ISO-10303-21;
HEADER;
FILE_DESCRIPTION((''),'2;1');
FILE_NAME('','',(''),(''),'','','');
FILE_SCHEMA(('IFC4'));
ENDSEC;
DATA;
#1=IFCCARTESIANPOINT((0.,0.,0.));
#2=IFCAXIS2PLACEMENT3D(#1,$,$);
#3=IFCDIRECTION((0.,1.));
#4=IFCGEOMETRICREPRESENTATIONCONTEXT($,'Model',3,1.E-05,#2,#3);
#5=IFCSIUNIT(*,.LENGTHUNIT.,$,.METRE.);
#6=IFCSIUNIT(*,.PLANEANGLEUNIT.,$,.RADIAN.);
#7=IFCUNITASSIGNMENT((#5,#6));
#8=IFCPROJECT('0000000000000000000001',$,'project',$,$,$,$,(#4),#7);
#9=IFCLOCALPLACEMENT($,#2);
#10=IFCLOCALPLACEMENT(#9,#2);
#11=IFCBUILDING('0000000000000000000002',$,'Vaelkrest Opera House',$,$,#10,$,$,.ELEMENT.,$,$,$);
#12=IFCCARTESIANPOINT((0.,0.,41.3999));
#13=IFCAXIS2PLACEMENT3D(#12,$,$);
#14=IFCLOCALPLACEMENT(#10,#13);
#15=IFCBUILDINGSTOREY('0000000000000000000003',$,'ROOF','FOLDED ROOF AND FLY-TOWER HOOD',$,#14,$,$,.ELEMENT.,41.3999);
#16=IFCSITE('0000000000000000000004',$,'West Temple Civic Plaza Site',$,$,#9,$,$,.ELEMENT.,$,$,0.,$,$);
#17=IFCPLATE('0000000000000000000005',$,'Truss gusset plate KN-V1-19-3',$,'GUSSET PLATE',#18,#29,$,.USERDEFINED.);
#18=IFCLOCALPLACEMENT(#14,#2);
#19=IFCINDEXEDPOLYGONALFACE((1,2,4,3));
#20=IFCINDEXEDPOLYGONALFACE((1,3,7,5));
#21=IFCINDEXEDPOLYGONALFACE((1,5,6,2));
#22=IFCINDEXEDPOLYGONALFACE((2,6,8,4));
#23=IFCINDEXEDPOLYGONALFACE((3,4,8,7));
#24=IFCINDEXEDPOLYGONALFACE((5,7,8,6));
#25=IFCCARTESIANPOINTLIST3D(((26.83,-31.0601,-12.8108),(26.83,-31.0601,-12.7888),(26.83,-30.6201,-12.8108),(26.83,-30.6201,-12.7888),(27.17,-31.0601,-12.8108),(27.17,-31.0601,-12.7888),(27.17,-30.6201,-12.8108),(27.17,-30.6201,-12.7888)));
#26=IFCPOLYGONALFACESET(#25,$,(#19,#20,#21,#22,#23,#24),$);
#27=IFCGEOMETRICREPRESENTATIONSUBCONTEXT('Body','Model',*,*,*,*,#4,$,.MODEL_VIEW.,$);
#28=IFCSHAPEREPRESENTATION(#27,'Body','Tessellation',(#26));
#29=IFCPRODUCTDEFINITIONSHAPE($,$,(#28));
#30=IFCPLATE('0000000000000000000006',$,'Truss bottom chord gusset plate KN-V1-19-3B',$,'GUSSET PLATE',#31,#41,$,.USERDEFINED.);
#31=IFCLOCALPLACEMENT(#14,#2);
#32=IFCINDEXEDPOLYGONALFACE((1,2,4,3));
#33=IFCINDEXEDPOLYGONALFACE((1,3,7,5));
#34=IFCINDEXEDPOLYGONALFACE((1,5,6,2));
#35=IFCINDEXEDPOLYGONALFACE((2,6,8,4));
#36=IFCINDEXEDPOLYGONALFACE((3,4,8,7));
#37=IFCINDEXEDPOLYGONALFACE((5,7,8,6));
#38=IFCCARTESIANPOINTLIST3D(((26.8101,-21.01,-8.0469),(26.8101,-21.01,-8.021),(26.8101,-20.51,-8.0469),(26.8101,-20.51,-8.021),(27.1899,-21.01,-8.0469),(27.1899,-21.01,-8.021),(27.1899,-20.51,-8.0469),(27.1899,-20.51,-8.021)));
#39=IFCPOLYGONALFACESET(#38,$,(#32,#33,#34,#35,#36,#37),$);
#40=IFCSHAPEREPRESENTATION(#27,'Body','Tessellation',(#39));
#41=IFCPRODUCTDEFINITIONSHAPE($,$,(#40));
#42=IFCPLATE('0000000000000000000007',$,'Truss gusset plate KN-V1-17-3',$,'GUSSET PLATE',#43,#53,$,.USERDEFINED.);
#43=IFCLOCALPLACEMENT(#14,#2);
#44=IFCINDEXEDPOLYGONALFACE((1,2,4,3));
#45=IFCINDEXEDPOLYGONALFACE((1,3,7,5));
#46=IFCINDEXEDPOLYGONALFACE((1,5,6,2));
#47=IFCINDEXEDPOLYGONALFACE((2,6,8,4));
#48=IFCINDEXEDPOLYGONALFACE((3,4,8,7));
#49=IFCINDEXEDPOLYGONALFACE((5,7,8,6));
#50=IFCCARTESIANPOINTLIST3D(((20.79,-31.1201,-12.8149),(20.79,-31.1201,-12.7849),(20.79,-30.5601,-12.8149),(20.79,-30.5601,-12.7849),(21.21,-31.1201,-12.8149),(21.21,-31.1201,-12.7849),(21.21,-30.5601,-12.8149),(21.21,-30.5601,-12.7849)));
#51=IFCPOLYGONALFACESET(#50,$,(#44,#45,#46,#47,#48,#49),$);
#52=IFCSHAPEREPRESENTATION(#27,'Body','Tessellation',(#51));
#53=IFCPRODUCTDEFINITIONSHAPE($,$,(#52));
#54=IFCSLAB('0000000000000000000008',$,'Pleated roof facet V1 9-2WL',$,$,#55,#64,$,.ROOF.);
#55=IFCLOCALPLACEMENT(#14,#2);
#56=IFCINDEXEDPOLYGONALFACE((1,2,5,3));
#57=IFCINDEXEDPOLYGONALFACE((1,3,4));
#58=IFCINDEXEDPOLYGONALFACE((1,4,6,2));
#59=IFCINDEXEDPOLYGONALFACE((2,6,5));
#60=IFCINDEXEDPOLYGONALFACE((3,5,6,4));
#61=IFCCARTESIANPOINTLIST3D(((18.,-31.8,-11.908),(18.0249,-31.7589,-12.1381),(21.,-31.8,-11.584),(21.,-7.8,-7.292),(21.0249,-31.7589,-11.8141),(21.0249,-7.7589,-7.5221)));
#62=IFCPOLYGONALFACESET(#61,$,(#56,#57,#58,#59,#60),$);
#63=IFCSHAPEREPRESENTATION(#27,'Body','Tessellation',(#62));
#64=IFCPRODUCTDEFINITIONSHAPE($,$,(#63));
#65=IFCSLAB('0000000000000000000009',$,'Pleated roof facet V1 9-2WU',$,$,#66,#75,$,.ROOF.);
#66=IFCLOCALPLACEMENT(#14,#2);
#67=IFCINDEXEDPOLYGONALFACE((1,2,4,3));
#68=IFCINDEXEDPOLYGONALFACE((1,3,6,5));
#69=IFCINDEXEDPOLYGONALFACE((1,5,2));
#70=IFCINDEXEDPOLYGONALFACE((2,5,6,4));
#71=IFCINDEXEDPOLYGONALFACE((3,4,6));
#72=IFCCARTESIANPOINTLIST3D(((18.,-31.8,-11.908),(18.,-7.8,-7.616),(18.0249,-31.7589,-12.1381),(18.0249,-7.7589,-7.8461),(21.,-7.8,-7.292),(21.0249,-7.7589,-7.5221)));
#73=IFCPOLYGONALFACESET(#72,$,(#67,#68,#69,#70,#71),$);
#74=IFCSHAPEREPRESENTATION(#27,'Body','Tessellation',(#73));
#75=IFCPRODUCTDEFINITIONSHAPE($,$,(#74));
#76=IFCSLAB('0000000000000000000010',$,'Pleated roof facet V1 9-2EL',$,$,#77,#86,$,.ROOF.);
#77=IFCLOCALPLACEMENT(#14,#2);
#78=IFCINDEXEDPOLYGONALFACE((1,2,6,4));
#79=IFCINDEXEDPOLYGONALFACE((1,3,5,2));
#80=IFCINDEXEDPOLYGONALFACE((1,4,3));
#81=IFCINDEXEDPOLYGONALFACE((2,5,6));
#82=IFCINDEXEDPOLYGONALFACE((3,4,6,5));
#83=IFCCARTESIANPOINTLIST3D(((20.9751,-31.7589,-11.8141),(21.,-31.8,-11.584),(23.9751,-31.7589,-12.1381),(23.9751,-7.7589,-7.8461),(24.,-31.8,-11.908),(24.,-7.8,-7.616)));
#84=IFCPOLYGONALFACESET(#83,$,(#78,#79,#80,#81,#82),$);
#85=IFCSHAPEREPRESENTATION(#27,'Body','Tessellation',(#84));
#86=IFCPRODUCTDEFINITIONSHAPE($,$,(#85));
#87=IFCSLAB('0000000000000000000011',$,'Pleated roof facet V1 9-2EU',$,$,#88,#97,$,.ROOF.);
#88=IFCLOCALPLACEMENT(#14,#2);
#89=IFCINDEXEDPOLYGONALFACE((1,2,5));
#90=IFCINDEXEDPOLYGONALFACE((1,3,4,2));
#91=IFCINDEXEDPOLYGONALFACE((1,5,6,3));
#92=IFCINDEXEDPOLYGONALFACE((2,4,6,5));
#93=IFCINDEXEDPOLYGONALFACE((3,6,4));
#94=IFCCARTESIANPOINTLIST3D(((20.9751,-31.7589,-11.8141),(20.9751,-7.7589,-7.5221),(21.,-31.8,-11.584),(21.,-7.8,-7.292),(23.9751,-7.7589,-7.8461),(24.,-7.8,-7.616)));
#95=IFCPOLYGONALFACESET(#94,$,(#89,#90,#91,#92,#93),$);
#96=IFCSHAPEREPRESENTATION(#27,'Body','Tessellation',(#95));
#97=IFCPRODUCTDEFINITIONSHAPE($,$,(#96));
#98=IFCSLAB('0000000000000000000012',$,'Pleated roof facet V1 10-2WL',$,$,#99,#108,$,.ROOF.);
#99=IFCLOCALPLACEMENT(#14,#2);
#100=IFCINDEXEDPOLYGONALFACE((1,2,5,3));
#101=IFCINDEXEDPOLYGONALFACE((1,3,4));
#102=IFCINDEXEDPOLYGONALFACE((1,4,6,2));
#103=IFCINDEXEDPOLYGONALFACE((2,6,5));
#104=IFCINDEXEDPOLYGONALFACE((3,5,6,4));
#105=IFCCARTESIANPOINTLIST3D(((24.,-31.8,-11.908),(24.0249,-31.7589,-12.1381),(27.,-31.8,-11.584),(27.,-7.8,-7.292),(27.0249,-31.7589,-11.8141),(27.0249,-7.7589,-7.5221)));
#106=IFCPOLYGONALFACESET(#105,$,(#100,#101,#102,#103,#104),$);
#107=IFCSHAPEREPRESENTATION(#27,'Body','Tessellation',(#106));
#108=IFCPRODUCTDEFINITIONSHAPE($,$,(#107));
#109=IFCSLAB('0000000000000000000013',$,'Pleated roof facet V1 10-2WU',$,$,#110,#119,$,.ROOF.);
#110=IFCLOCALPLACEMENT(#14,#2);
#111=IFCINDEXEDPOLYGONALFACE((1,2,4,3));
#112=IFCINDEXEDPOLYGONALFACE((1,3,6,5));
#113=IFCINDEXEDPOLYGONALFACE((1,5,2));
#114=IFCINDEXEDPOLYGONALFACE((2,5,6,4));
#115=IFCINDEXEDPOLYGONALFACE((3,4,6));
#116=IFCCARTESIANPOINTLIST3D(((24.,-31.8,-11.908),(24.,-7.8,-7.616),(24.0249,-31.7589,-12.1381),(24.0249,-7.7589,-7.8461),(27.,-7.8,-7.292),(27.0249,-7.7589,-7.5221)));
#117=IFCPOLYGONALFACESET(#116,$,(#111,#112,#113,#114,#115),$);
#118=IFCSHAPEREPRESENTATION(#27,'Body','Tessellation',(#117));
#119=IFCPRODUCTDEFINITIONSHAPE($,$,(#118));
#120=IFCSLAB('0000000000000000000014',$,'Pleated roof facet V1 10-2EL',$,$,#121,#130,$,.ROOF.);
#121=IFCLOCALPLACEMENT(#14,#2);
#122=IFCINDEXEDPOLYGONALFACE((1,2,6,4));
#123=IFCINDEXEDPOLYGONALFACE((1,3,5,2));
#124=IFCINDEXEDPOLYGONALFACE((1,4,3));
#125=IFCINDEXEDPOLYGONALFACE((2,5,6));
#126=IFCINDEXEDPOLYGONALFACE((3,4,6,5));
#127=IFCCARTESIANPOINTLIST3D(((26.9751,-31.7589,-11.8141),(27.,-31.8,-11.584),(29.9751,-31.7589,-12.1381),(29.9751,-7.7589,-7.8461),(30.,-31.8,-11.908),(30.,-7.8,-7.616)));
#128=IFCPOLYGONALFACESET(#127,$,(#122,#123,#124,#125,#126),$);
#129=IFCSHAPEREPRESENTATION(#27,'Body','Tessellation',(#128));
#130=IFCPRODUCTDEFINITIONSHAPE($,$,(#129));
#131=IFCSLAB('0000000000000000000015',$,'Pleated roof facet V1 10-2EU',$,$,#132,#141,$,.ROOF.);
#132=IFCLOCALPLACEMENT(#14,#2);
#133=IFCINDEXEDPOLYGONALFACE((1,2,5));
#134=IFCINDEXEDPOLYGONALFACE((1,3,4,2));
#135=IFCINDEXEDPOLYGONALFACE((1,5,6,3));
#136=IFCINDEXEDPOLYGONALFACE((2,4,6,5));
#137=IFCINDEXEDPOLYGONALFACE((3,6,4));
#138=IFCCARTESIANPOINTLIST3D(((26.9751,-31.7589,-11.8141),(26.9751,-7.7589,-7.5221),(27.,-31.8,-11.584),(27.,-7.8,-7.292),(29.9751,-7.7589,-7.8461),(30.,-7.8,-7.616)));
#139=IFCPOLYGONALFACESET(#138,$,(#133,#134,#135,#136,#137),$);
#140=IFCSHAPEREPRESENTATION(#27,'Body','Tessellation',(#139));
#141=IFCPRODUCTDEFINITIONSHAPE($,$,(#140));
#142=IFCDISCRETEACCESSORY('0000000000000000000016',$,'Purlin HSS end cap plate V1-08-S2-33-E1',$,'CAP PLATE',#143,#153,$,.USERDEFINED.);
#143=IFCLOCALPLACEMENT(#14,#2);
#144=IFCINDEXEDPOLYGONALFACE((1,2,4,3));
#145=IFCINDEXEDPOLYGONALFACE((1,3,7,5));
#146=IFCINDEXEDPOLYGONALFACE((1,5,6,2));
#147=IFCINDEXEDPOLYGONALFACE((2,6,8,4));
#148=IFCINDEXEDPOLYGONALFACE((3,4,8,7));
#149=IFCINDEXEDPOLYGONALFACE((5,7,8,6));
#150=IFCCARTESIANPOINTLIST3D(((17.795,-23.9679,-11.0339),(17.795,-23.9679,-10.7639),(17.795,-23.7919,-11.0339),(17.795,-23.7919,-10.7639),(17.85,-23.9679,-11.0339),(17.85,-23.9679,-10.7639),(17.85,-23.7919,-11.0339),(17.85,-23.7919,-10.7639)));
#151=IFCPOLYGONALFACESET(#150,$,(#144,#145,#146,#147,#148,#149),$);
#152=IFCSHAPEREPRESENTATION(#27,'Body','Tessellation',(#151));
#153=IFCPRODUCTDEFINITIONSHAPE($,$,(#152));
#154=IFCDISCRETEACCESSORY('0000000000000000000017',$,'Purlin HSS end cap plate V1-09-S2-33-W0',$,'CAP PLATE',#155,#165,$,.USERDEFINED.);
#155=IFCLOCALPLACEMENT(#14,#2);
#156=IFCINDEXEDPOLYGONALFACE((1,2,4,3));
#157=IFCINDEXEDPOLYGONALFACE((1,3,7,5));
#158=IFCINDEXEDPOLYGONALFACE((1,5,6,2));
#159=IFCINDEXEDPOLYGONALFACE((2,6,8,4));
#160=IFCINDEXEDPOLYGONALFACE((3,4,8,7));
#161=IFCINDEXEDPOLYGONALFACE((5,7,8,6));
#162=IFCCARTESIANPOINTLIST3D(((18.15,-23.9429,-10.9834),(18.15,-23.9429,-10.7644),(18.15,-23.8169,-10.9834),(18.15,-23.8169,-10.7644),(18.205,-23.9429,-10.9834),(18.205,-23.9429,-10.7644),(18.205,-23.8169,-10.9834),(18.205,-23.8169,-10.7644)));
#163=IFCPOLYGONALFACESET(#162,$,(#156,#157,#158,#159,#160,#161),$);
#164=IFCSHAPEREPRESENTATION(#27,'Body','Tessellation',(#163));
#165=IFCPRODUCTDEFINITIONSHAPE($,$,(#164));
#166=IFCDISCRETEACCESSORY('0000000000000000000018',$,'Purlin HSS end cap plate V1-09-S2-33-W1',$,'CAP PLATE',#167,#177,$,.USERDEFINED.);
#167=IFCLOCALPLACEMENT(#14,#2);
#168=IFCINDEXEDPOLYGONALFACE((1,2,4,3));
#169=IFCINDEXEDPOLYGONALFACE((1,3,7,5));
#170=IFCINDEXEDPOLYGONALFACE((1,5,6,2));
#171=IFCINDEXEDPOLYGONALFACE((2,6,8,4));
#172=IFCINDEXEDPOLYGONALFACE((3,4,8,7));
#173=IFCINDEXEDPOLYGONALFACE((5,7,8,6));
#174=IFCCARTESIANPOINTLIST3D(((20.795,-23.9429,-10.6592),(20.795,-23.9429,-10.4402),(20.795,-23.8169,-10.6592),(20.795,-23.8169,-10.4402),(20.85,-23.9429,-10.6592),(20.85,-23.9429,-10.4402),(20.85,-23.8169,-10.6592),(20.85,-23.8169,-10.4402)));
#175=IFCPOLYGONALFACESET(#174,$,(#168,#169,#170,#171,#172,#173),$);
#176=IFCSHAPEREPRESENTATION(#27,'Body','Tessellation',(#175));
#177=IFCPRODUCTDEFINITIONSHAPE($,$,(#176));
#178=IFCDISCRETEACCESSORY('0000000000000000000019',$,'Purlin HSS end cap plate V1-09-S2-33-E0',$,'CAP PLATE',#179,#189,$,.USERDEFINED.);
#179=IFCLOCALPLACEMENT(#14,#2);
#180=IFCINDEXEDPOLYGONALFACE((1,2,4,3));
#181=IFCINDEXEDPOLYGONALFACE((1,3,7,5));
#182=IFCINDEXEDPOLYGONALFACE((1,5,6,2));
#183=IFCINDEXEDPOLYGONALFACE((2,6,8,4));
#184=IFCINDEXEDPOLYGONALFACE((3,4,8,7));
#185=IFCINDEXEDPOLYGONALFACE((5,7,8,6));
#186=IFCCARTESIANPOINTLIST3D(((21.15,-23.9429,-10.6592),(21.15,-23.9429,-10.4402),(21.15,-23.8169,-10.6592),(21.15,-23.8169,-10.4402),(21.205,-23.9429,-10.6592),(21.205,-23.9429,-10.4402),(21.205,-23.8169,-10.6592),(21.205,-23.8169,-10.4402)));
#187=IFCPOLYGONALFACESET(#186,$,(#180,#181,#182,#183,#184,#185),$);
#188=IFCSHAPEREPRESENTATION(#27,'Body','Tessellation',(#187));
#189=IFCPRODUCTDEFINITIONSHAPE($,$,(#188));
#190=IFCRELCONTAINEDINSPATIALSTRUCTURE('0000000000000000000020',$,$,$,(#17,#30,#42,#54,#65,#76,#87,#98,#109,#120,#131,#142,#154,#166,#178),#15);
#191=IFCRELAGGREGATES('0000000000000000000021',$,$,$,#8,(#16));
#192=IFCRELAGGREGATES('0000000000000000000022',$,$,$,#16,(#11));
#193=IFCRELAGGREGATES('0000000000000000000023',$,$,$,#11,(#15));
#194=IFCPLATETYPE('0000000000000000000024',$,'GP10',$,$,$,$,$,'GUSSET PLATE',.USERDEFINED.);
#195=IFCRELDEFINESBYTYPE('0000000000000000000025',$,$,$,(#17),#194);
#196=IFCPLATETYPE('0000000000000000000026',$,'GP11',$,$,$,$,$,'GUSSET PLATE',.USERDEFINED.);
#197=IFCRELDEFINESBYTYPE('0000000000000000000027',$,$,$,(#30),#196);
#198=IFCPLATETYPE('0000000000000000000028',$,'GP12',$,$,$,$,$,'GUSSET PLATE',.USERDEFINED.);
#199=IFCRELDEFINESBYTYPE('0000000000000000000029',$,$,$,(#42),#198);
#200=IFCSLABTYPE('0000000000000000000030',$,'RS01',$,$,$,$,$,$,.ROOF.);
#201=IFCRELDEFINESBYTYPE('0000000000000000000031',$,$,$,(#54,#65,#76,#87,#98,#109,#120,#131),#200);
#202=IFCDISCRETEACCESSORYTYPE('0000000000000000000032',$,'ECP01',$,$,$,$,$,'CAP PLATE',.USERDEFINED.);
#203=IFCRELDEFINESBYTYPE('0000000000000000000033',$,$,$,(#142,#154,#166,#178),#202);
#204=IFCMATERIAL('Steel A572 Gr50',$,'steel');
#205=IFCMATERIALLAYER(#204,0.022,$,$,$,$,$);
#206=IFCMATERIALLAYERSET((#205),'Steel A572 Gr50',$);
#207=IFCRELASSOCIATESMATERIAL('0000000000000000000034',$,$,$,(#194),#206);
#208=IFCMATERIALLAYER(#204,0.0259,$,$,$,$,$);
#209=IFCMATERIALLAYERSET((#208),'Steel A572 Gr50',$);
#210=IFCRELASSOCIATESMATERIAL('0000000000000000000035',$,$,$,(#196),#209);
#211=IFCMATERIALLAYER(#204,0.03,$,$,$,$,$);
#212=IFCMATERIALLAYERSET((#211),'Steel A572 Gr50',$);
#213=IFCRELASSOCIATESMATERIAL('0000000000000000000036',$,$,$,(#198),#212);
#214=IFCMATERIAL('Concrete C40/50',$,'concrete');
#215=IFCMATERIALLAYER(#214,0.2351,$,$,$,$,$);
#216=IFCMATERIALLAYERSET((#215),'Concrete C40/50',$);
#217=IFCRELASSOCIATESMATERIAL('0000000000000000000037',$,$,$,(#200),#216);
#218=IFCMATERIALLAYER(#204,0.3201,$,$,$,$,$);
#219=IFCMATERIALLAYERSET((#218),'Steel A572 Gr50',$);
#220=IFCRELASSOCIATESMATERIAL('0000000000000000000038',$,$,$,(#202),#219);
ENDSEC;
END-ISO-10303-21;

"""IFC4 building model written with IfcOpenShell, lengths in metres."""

from ifc_helpers import new_model, si_unit, direction, frame, origin, origin_2d, place, context, subcontext, project, spatial, polyline, rectangle, outline, extrude, material, layer, layer_set, type_object, element, save


model = new_model("IFC4")

# Units and contexts
model_context = context("Model", 3, precision=1e-05, world=origin(), true_north=direction((0.0, 1.0)))
body_context = subcontext(model_context, "Body", "Model", "MODEL_VIEW")
ifc_project = project(units=[si_unit("LENGTHUNIT", "METRE"), si_unit("PLANEANGLEUNIT", "RADIAN")], contexts=[model_context])

# Site, building, storey
site_placement = place(None, origin())
site = spatial("IfcSite", under=ifc_project, at=site_placement, Name="West Temple Civic Plaza Site", CompositionType="ELEMENT", RefElevation=0.0)
building_placement = place(site_placement, origin())
building = spatial("IfcBuilding", under=site, at=building_placement, Name="Vaelkrest Opera House", CompositionType="ELEMENT")
storey_placement = place(building_placement, frame((0.0, 0.0, 41.3999)))
storey = spatial("IfcBuildingStorey", under=building, at=storey_placement, Name="ROOF", Description="FOLDED ROOF AND FLY-TOWER HOOD", CompositionType="ELEMENT", Elevation=41.3999)

# Plates
ifc_material_1 = material(Name="Steel A572 Gr50", Category="steel")
ifc_layer_1 = layer(ifc_material_1, 0.022)
ifc_layer_set_1 = layer_set([ifc_layer_1], Name="Steel A572 Gr50")
plate_type_1 = type_object("IfcPlateType", Name="GP10", ElementType="GUSSET PLATE", PredefinedType="USERDEFINED", material=ifc_layer_set_1)
plate_1_placement = place(storey_placement, frame((27.0, -30.8401, -12.8108), z_axis=(0.0, 0.0, 1.0), x_axis=(0.0, 1.0, 0.0)))
element("IfcPlate", 1, at=plate_1_placement, inside=storey, type_object=plate_type_1, Name="Truss gusset plate KN-V1-19-3", ObjectType="GUSSET PLATE", PredefinedType="USERDEFINED", context=body_context, shape_type="SweptSolid", body=[
    extrude(rectangle(XDim=0.4399, YDim=0.3401, at=origin_2d()), origin(), (0.0, 0.0, 1.0), 0.022),
])
ifc_layer_2 = layer(ifc_material_1, 0.0259)
ifc_layer_set_2 = layer_set([ifc_layer_2], Name="Steel A572 Gr50")
plate_type_2 = type_object("IfcPlateType", Name="GP11", ElementType="GUSSET PLATE", PredefinedType="USERDEFINED", material=ifc_layer_set_2)
plate_2_placement = place(storey_placement, frame((27.0, -20.76, -8.0469), z_axis=(0.0, 0.0, 1.0), x_axis=(0.0, 1.0, 0.0)))
element("IfcPlate", 2, at=plate_2_placement, inside=storey, type_object=plate_type_2, Name="Truss bottom chord gusset plate KN-V1-19-3B", ObjectType="GUSSET PLATE", PredefinedType="USERDEFINED", context=body_context, shape_type="SweptSolid", body=[
    extrude(rectangle(XDim=0.5, YDim=0.3799, at=origin_2d()), origin(), (0.0, 0.0, 1.0), 0.0259),
])
ifc_layer_3 = layer(ifc_material_1, 0.03)
ifc_layer_set_3 = layer_set([ifc_layer_3], Name="Steel A572 Gr50")
plate_type_3 = type_object("IfcPlateType", Name="GP12", ElementType="GUSSET PLATE", PredefinedType="USERDEFINED", material=ifc_layer_set_3)
plate_3_placement = place(storey_placement, frame((21.0, -30.8401, -12.8149), z_axis=(0.0, 0.0, 1.0), x_axis=(0.0, 1.0, 0.0)))
element("IfcPlate", 3, at=plate_3_placement, inside=storey, type_object=plate_type_3, Name="Truss gusset plate KN-V1-17-3", ObjectType="GUSSET PLATE", PredefinedType="USERDEFINED", context=body_context, shape_type="SweptSolid", body=[
    extrude(rectangle(XDim=0.5601, YDim=0.4199, at=origin_2d()), origin(), (0.0, 0.0, 1.0), 0.03),
])

# Slabs
ifc_material_2 = material(Name="Concrete C40/50", Category="concrete")
ifc_layer_4 = layer(ifc_material_2, 0.2351)
ifc_layer_set_4 = layer_set([ifc_layer_4], Name="Concrete C40/50")
slab_type = type_object("IfcSlabType", Name="RS01", PredefinedType="ROOF", material=ifc_layer_set_4)
slab_1_placement = place(storey_placement, frame((18.0, -31.8, -11.908), z_axis=(-0.105709, -0.175054, 0.978868), x_axis=(0.994219, 0.0, 0.107367)))
element("IfcSlab", 4, at=slab_1_placement, inside=storey, type_object=slab_type, Name="Pleated roof facet V1 9-2WL", PredefinedType="ROOF", context=body_context, shape_type="SweptSolid", body=[
    extrude(outline(polyline([(0.0, 0.0), (3.0174, 0.0), (3.4783, 24.3764), (0.0, 0.0)])), origin(), (0.0, 0.0, -1.0), 0.2351),
])
slab_2_placement = place(storey_placement, frame((18.0, -31.8, -11.908), z_axis=(-0.105709, -0.175054, 0.978868), x_axis=(0.121836, 0.974686, 0.187463)))
element("IfcSlab", 5, at=slab_2_placement, inside=storey, type_object=slab_type, Name="Pleated roof facet V1 9-2WU", PredefinedType="ROOF", context=body_context, shape_type="SweptSolid", body=[
    extrude(outline(polyline([(0.0, 0.0), (24.6233, 0.0), (24.1971, 2.9872), (0.0, 0.0)])), origin(), (0.0, 0.0, -1.0), 0.2351),
])
slab_3_placement = place(storey_placement, frame((21.0, -31.8, -11.584), z_axis=(0.105709, -0.175054, 0.978868), x_axis=(0.994219, 0.0, -0.107367)))
element("IfcSlab", 6, at=slab_3_placement, inside=storey, type_object=slab_type, Name="Pleated roof facet V1 9-2EL", PredefinedType="ROOF", context=body_context, shape_type="SweptSolid", body=[
    extrude(outline(polyline([(0.0, 0.0), (3.0174, 0.0), (2.5566, 24.3764), (0.0, 0.0)])), origin(), (0.0, 0.0, -1.0), 0.2351),
])
slab_4_placement = place(storey_placement, frame((21.0, -31.8, -11.584), z_axis=(0.105709, -0.175054, 0.978868), x_axis=(0.122399, 0.979188, 0.161893)))
element("IfcSlab", 7, at=slab_4_placement, inside=storey, type_object=slab_type, Name="Pleated roof facet V1 9-2EU", PredefinedType="ROOF", context=body_context, shape_type="SweptSolid", body=[
    extrude(outline(polyline([(0.0, 0.0), (24.5101, 0.0), (24.1954, 3.001), (0.0, 0.0)])), origin(), (0.0, 0.0, -1.0), 0.2351),
])
slab_5_placement = place(storey_placement, frame((24.0, -31.8, -11.908), z_axis=(-0.105709, -0.175054, 0.978868), x_axis=(0.994219, 0.0, 0.107367)))
element("IfcSlab", 8, at=slab_5_placement, inside=storey, type_object=slab_type, Name="Pleated roof facet V1 10-2WL", PredefinedType="ROOF", context=body_context, shape_type="SweptSolid", body=[
    extrude(outline(polyline([(0.0, 0.0), (3.0174, 0.0), (3.4783, 24.3764), (0.0, 0.0)])), origin(), (0.0, 0.0, -1.0), 0.2351),
])
slab_6_placement = place(storey_placement, frame((24.0, -31.8, -11.908), z_axis=(-0.105709, -0.175054, 0.978868), x_axis=(0.121836, 0.974686, 0.187463)))
element("IfcSlab", 9, at=slab_6_placement, inside=storey, type_object=slab_type, Name="Pleated roof facet V1 10-2WU", PredefinedType="ROOF", context=body_context, shape_type="SweptSolid", body=[
    extrude(outline(polyline([(0.0, 0.0), (24.6233, 0.0), (24.1971, 2.9872), (0.0, 0.0)])), origin(), (0.0, 0.0, -1.0), 0.2351),
])
slab_7_placement = place(storey_placement, frame((27.0, -31.8, -11.584), z_axis=(0.105709, -0.175054, 0.978868), x_axis=(0.994219, 0.0, -0.107367)))
element("IfcSlab", 10, at=slab_7_placement, inside=storey, type_object=slab_type, Name="Pleated roof facet V1 10-2EL", PredefinedType="ROOF", context=body_context, shape_type="SweptSolid", body=[
    extrude(outline(polyline([(0.0, 0.0), (3.0174, 0.0), (2.5566, 24.3764), (0.0, 0.0)])), origin(), (0.0, 0.0, -1.0), 0.2351),
])
slab_8_placement = place(storey_placement, frame((27.0, -31.8, -11.584), z_axis=(0.105709, -0.175054, 0.978868), x_axis=(0.122399, 0.979188, 0.161893)))
element("IfcSlab", 11, at=slab_8_placement, inside=storey, type_object=slab_type, Name="Pleated roof facet V1 10-2EU", PredefinedType="ROOF", context=body_context, shape_type="SweptSolid", body=[
    extrude(outline(polyline([(0.0, 0.0), (24.5101, 0.0), (24.1954, 3.001), (0.0, 0.0)])), origin(), (0.0, 0.0, -1.0), 0.2351),
])

# Discrete accessories
ifc_layer_5 = layer(ifc_material_1, 0.3201)
ifc_layer_set_5 = layer_set([ifc_layer_5], Name="Steel A572 Gr50")
discrete_accessory_type = type_object("IfcDiscreteAccessoryType", Name="ECP01", ElementType="CAP PLATE", PredefinedType="USERDEFINED", material=ifc_layer_set_5)
discrete_accessory_placement = place(storey_placement, frame((17.8225, -23.8799, -11.0339), z_axis=(0.0, 0.0, 1.0), x_axis=(1.0, 0.0, 0.0)))
element("IfcDiscreteAccessory", 12, at=discrete_accessory_placement, inside=storey, type_object=discrete_accessory_type, Name="Purlin HSS end cap plate V1-08-S2-33-E1", ObjectType="CAP PLATE", PredefinedType="USERDEFINED", context=body_context, shape_type="SweptSolid", body=[
    extrude(rectangle(XDim=0.0549, YDim=0.176, at=origin_2d()), origin(), (0.0, 0.0, 1.0), 0.27),
])
for number, where, z_axis, x_axis, name in (
    (13, (18.1775, -23.8799, -10.9834), (0.0, 0.0, 1.0), (1.0, 0.0, 0.0), "Purlin HSS end cap plate V1-09-S2-33-W0"),
    (14, (20.8225, -23.8799, -10.6592), (0.0, 0.0, 1.0), (1.0, 0.0, 0.0), "Purlin HSS end cap plate V1-09-S2-33-W1"),
    (15, (21.1775, -23.8799, -10.6592), (0.0, 0.0, 1.0), (1.0, 0.0, 0.0), "Purlin HSS end cap plate V1-09-S2-33-E0"),
):
    element("IfcDiscreteAccessory", number, at=place(storey_placement, frame(where, z_axis=z_axis, x_axis=x_axis)), inside=storey, type_object=discrete_accessory_type, Name=name, ObjectType="CAP PLATE", PredefinedType="USERDEFINED", context=body_context, shape_type="SweptSolid", body=[
        extrude(rectangle(XDim=0.0549, YDim=0.126, at=origin_2d()), origin(), (0.0, 0.0, 1.0), 0.219),
    ])

save(model, "model.ifc")
